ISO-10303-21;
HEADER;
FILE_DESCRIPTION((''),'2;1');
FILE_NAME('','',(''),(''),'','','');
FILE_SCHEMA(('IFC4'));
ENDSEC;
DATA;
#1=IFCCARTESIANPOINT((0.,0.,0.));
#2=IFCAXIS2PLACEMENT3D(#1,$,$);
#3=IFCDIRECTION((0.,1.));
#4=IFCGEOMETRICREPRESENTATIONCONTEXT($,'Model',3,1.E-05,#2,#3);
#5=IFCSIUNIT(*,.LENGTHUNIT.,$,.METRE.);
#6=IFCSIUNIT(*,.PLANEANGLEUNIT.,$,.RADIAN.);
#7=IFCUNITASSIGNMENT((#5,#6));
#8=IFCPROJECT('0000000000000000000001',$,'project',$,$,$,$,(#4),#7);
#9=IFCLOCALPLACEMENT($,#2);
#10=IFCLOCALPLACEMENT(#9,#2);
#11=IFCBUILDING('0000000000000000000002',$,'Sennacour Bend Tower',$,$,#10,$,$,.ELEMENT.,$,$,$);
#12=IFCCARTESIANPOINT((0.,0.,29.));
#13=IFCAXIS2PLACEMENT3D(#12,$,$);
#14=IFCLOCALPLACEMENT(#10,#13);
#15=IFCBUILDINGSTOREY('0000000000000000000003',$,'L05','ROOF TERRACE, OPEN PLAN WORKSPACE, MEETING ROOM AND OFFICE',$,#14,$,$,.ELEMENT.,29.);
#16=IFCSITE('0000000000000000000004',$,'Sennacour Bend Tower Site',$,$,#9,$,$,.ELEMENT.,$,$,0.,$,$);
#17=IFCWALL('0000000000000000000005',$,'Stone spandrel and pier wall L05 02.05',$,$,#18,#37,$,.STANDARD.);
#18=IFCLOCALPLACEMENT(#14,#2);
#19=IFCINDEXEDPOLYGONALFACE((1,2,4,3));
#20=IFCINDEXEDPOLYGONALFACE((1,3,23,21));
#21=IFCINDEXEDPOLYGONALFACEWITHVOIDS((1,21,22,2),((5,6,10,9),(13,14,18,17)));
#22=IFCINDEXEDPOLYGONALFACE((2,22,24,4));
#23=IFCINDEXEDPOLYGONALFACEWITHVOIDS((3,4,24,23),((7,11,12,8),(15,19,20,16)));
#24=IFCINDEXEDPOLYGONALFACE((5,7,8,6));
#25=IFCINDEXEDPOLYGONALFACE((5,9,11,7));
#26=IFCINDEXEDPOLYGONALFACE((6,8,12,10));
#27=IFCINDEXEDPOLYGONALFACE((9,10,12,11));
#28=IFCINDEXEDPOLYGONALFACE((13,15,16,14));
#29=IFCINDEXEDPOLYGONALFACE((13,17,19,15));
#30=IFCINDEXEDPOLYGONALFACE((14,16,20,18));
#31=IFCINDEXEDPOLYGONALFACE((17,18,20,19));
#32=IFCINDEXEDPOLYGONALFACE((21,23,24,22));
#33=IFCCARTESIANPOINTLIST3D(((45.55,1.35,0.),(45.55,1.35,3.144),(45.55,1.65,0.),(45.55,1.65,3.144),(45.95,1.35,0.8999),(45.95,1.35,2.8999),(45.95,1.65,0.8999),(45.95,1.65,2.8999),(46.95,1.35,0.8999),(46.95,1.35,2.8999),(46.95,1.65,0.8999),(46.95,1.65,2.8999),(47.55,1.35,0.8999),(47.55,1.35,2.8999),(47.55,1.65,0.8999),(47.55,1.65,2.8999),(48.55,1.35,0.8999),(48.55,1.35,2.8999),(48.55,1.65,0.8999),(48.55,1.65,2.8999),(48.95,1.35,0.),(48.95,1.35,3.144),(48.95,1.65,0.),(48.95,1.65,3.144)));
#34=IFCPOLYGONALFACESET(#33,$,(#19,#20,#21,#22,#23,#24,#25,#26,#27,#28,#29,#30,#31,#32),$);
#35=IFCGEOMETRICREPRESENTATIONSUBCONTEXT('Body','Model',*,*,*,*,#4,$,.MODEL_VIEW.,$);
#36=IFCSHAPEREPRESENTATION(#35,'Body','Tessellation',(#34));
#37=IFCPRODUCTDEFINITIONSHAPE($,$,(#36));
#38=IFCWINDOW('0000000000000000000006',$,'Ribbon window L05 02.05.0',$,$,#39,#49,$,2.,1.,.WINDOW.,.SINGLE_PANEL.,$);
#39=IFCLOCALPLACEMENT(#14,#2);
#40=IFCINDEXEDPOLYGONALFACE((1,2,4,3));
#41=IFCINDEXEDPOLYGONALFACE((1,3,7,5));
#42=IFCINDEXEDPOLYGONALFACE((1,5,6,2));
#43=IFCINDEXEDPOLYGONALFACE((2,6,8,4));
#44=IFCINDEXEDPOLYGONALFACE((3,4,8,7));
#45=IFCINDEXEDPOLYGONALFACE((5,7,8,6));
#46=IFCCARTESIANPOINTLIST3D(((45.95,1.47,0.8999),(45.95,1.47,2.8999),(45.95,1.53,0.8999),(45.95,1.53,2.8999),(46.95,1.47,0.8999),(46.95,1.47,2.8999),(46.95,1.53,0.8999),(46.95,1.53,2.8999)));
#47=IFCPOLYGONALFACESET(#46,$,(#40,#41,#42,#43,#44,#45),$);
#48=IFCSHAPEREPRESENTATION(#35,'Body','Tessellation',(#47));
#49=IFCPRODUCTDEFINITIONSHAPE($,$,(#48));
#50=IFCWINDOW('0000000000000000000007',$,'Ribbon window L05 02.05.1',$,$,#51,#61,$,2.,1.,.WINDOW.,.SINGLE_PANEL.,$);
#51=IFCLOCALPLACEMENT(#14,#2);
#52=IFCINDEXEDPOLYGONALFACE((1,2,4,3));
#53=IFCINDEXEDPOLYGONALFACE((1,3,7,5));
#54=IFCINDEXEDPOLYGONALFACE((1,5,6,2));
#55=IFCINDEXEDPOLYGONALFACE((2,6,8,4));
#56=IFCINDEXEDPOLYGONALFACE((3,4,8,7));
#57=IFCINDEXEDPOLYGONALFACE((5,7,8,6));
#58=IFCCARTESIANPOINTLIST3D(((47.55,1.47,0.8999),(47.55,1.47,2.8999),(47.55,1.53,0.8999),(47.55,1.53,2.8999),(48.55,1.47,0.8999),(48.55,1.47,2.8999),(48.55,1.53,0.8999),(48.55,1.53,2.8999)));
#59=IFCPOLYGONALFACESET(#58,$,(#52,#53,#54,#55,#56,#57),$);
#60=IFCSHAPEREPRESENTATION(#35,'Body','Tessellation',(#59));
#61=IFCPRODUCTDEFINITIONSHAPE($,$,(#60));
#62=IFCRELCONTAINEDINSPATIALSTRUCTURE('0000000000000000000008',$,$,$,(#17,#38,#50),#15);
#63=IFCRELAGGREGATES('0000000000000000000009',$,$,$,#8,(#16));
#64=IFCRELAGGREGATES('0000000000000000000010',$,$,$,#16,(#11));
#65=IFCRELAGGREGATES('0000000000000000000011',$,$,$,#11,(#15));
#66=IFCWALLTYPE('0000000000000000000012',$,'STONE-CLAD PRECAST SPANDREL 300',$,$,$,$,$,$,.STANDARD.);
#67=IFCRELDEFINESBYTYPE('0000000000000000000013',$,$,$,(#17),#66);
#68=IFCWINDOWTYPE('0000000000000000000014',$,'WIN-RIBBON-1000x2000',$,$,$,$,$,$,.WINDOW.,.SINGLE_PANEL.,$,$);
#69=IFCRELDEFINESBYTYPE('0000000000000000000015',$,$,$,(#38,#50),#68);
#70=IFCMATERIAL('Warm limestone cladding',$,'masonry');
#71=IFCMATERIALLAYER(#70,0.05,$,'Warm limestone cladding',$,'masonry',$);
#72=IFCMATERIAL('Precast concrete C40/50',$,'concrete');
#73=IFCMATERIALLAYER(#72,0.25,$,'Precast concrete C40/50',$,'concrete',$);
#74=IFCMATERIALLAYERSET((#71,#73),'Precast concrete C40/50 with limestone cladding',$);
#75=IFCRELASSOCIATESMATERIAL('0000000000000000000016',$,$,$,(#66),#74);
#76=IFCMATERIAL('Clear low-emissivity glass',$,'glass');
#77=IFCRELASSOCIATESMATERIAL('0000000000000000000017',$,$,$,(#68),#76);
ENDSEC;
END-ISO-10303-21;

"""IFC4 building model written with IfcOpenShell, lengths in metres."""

from ifc_helpers import new_model, si_unit, direction, frame, frame_2d, origin, place, context, subcontext, project, spatial, rectangle, extrude, material, layer, layer_set, type_object, element, fill, save


model = new_model("IFC4")

# Units and contexts
model_context = context("Model", 3, precision=1e-05, world=origin(), true_north=direction((0.0, 1.0)))
body_context = subcontext(model_context, "Body", "Model", "MODEL_VIEW")
ifc_project = project(units=[si_unit("LENGTHUNIT", "METRE"), si_unit("PLANEANGLEUNIT", "RADIAN")], contexts=[model_context])

# Site, building, storey
site_placement = place(None, origin())
site = spatial("IfcSite", under=ifc_project, at=site_placement, Name="Sennacour Bend Tower Site", CompositionType="ELEMENT", RefElevation=0.0)
building_placement = place(site_placement, origin())
building = spatial("IfcBuilding", under=site, at=building_placement, Name="Sennacour Bend Tower", CompositionType="ELEMENT")
storey_placement = place(building_placement, frame((0.0, 0.0, 29.0)))
storey = spatial("IfcBuildingStorey", under=building, at=storey_placement, Name="L05", Description="ROOF TERRACE, OPEN PLAN WORKSPACE, MEETING ROOM AND OFFICE", CompositionType="ELEMENT", Elevation=29.0)

# Wall, openings, windows
ifc_material_1 = material(Name="Warm limestone cladding", Category="masonry")
ifc_layer_1 = layer(ifc_material_1, 0.05, Name="Warm limestone cladding", Category="masonry")
ifc_material_2 = material(Name="Precast concrete C40/50", Category="concrete")
ifc_layer_2 = layer(ifc_material_2, 0.25, Name="Precast concrete C40/50", Category="concrete")
ifc_layer_set_1 = layer_set([ifc_layer_1, ifc_layer_2], Name="Precast concrete C40/50 with limestone cladding")
wall_type_1 = type_object("IfcWallType", Name="STONE-CLAD PRECAST SPANDREL 300", PredefinedType="STANDARD", material=ifc_layer_set_1)
wall_1_placement = place(storey_placement, frame((45.55, 1.5, 0.0), z_axis=(0.0, 0.0, 1.0), x_axis=(1.0, 0.0, 0.0)))
wall_1 = element("IfcWall", 1, at=wall_1_placement, inside=storey, type_object=wall_type_1, Name="Stone spandrel and pier wall L05 02.05", PredefinedType="STANDARD", context=body_context, shape_type="SweptSolid", body=[
    extrude(rectangle(XDim=3.3999, YDim=0.3, at=frame_2d((1.7, 0.0))), origin(), (0.0, 0.0, 1.0), 3.144),
])
opening_1_placement = place(wall_1_placement, frame((0.3999, 0.0, 0.8999)))
opening_1 = element("IfcOpeningElement", 2, at=opening_1_placement, cuts=wall_1, PredefinedType="OPENING", context=body_context, shape_type="SweptSolid", body=[
    extrude(rectangle(XDim=1.0, YDim=2.0, at=frame_2d((0.5, 1.0))), frame((0.0, 0.1602, 0.0), z_axis=(0.0, -1.0, 0.0), x_axis=(1.0, 0.0, 0.0)), (0.0, 0.0, 1.0), 0.3201),
])
opening_2_placement = place(wall_1_placement, frame((2.0, 0.0, 0.8999)))
opening_2 = element("IfcOpeningElement", 3, at=opening_2_placement, cuts=wall_1, PredefinedType="OPENING", context=body_context, shape_type="SweptSolid", body=[
    extrude(rectangle(XDim=1.0, YDim=2.0, at=frame_2d((0.5, 1.0))), frame((0.0, 0.1602, 0.0), z_axis=(0.0, -1.0, 0.0), x_axis=(1.0, 0.0, 0.0)), (0.0, 0.0, 1.0), 0.3201),
])
ifc_material_3 = material(Name="Clear low-emissivity glass", Category="glass")
window_type = type_object("IfcWindowType", Name="WIN-RIBBON-1000x2000", PartitioningType="SINGLE_PANEL", PredefinedType="WINDOW", material=ifc_material_3)
window_1_placement = place(opening_1_placement, origin())
window_1 = element("IfcWindow", 4, at=window_1_placement, inside=storey, type_object=window_type, Name="Ribbon window L05 02.05.0", OverallHeight=2.0, OverallWidth=1.0, PartitioningType="SINGLE_PANEL", PredefinedType="WINDOW", context=body_context, shape_type="SweptSolid", body=[
    extrude(rectangle(XDim=1.0, YDim=2.0, at=frame_2d((0.5, 1.0))), frame((0.0, 0.03, 0.0), z_axis=(0.0, -1.0, 0.0), x_axis=(1.0, 0.0, 0.0)), (0.0, 0.0, 1.0), 0.0601),
])
fill(opening_1, window_1)
window_2_placement = place(opening_2_placement, origin())
window_2 = element("IfcWindow", 5, at=window_2_placement, inside=storey, type_object=window_type, Name="Ribbon window L05 02.05.1", OverallHeight=2.0, OverallWidth=1.0, PartitioningType="SINGLE_PANEL", PredefinedType="WINDOW", context=body_context, shape_type="SweptSolid", body=[
    extrude(rectangle(XDim=1.0, YDim=2.0, at=frame_2d((0.5, 1.0))), frame((0.0, 0.03, 0.0), z_axis=(0.0, -1.0, 0.0), x_axis=(1.0, 0.0, 0.0)), (0.0, 0.0, 1.0), 0.0601),
])
fill(opening_2, window_2)

save(model, "model.ifc")
